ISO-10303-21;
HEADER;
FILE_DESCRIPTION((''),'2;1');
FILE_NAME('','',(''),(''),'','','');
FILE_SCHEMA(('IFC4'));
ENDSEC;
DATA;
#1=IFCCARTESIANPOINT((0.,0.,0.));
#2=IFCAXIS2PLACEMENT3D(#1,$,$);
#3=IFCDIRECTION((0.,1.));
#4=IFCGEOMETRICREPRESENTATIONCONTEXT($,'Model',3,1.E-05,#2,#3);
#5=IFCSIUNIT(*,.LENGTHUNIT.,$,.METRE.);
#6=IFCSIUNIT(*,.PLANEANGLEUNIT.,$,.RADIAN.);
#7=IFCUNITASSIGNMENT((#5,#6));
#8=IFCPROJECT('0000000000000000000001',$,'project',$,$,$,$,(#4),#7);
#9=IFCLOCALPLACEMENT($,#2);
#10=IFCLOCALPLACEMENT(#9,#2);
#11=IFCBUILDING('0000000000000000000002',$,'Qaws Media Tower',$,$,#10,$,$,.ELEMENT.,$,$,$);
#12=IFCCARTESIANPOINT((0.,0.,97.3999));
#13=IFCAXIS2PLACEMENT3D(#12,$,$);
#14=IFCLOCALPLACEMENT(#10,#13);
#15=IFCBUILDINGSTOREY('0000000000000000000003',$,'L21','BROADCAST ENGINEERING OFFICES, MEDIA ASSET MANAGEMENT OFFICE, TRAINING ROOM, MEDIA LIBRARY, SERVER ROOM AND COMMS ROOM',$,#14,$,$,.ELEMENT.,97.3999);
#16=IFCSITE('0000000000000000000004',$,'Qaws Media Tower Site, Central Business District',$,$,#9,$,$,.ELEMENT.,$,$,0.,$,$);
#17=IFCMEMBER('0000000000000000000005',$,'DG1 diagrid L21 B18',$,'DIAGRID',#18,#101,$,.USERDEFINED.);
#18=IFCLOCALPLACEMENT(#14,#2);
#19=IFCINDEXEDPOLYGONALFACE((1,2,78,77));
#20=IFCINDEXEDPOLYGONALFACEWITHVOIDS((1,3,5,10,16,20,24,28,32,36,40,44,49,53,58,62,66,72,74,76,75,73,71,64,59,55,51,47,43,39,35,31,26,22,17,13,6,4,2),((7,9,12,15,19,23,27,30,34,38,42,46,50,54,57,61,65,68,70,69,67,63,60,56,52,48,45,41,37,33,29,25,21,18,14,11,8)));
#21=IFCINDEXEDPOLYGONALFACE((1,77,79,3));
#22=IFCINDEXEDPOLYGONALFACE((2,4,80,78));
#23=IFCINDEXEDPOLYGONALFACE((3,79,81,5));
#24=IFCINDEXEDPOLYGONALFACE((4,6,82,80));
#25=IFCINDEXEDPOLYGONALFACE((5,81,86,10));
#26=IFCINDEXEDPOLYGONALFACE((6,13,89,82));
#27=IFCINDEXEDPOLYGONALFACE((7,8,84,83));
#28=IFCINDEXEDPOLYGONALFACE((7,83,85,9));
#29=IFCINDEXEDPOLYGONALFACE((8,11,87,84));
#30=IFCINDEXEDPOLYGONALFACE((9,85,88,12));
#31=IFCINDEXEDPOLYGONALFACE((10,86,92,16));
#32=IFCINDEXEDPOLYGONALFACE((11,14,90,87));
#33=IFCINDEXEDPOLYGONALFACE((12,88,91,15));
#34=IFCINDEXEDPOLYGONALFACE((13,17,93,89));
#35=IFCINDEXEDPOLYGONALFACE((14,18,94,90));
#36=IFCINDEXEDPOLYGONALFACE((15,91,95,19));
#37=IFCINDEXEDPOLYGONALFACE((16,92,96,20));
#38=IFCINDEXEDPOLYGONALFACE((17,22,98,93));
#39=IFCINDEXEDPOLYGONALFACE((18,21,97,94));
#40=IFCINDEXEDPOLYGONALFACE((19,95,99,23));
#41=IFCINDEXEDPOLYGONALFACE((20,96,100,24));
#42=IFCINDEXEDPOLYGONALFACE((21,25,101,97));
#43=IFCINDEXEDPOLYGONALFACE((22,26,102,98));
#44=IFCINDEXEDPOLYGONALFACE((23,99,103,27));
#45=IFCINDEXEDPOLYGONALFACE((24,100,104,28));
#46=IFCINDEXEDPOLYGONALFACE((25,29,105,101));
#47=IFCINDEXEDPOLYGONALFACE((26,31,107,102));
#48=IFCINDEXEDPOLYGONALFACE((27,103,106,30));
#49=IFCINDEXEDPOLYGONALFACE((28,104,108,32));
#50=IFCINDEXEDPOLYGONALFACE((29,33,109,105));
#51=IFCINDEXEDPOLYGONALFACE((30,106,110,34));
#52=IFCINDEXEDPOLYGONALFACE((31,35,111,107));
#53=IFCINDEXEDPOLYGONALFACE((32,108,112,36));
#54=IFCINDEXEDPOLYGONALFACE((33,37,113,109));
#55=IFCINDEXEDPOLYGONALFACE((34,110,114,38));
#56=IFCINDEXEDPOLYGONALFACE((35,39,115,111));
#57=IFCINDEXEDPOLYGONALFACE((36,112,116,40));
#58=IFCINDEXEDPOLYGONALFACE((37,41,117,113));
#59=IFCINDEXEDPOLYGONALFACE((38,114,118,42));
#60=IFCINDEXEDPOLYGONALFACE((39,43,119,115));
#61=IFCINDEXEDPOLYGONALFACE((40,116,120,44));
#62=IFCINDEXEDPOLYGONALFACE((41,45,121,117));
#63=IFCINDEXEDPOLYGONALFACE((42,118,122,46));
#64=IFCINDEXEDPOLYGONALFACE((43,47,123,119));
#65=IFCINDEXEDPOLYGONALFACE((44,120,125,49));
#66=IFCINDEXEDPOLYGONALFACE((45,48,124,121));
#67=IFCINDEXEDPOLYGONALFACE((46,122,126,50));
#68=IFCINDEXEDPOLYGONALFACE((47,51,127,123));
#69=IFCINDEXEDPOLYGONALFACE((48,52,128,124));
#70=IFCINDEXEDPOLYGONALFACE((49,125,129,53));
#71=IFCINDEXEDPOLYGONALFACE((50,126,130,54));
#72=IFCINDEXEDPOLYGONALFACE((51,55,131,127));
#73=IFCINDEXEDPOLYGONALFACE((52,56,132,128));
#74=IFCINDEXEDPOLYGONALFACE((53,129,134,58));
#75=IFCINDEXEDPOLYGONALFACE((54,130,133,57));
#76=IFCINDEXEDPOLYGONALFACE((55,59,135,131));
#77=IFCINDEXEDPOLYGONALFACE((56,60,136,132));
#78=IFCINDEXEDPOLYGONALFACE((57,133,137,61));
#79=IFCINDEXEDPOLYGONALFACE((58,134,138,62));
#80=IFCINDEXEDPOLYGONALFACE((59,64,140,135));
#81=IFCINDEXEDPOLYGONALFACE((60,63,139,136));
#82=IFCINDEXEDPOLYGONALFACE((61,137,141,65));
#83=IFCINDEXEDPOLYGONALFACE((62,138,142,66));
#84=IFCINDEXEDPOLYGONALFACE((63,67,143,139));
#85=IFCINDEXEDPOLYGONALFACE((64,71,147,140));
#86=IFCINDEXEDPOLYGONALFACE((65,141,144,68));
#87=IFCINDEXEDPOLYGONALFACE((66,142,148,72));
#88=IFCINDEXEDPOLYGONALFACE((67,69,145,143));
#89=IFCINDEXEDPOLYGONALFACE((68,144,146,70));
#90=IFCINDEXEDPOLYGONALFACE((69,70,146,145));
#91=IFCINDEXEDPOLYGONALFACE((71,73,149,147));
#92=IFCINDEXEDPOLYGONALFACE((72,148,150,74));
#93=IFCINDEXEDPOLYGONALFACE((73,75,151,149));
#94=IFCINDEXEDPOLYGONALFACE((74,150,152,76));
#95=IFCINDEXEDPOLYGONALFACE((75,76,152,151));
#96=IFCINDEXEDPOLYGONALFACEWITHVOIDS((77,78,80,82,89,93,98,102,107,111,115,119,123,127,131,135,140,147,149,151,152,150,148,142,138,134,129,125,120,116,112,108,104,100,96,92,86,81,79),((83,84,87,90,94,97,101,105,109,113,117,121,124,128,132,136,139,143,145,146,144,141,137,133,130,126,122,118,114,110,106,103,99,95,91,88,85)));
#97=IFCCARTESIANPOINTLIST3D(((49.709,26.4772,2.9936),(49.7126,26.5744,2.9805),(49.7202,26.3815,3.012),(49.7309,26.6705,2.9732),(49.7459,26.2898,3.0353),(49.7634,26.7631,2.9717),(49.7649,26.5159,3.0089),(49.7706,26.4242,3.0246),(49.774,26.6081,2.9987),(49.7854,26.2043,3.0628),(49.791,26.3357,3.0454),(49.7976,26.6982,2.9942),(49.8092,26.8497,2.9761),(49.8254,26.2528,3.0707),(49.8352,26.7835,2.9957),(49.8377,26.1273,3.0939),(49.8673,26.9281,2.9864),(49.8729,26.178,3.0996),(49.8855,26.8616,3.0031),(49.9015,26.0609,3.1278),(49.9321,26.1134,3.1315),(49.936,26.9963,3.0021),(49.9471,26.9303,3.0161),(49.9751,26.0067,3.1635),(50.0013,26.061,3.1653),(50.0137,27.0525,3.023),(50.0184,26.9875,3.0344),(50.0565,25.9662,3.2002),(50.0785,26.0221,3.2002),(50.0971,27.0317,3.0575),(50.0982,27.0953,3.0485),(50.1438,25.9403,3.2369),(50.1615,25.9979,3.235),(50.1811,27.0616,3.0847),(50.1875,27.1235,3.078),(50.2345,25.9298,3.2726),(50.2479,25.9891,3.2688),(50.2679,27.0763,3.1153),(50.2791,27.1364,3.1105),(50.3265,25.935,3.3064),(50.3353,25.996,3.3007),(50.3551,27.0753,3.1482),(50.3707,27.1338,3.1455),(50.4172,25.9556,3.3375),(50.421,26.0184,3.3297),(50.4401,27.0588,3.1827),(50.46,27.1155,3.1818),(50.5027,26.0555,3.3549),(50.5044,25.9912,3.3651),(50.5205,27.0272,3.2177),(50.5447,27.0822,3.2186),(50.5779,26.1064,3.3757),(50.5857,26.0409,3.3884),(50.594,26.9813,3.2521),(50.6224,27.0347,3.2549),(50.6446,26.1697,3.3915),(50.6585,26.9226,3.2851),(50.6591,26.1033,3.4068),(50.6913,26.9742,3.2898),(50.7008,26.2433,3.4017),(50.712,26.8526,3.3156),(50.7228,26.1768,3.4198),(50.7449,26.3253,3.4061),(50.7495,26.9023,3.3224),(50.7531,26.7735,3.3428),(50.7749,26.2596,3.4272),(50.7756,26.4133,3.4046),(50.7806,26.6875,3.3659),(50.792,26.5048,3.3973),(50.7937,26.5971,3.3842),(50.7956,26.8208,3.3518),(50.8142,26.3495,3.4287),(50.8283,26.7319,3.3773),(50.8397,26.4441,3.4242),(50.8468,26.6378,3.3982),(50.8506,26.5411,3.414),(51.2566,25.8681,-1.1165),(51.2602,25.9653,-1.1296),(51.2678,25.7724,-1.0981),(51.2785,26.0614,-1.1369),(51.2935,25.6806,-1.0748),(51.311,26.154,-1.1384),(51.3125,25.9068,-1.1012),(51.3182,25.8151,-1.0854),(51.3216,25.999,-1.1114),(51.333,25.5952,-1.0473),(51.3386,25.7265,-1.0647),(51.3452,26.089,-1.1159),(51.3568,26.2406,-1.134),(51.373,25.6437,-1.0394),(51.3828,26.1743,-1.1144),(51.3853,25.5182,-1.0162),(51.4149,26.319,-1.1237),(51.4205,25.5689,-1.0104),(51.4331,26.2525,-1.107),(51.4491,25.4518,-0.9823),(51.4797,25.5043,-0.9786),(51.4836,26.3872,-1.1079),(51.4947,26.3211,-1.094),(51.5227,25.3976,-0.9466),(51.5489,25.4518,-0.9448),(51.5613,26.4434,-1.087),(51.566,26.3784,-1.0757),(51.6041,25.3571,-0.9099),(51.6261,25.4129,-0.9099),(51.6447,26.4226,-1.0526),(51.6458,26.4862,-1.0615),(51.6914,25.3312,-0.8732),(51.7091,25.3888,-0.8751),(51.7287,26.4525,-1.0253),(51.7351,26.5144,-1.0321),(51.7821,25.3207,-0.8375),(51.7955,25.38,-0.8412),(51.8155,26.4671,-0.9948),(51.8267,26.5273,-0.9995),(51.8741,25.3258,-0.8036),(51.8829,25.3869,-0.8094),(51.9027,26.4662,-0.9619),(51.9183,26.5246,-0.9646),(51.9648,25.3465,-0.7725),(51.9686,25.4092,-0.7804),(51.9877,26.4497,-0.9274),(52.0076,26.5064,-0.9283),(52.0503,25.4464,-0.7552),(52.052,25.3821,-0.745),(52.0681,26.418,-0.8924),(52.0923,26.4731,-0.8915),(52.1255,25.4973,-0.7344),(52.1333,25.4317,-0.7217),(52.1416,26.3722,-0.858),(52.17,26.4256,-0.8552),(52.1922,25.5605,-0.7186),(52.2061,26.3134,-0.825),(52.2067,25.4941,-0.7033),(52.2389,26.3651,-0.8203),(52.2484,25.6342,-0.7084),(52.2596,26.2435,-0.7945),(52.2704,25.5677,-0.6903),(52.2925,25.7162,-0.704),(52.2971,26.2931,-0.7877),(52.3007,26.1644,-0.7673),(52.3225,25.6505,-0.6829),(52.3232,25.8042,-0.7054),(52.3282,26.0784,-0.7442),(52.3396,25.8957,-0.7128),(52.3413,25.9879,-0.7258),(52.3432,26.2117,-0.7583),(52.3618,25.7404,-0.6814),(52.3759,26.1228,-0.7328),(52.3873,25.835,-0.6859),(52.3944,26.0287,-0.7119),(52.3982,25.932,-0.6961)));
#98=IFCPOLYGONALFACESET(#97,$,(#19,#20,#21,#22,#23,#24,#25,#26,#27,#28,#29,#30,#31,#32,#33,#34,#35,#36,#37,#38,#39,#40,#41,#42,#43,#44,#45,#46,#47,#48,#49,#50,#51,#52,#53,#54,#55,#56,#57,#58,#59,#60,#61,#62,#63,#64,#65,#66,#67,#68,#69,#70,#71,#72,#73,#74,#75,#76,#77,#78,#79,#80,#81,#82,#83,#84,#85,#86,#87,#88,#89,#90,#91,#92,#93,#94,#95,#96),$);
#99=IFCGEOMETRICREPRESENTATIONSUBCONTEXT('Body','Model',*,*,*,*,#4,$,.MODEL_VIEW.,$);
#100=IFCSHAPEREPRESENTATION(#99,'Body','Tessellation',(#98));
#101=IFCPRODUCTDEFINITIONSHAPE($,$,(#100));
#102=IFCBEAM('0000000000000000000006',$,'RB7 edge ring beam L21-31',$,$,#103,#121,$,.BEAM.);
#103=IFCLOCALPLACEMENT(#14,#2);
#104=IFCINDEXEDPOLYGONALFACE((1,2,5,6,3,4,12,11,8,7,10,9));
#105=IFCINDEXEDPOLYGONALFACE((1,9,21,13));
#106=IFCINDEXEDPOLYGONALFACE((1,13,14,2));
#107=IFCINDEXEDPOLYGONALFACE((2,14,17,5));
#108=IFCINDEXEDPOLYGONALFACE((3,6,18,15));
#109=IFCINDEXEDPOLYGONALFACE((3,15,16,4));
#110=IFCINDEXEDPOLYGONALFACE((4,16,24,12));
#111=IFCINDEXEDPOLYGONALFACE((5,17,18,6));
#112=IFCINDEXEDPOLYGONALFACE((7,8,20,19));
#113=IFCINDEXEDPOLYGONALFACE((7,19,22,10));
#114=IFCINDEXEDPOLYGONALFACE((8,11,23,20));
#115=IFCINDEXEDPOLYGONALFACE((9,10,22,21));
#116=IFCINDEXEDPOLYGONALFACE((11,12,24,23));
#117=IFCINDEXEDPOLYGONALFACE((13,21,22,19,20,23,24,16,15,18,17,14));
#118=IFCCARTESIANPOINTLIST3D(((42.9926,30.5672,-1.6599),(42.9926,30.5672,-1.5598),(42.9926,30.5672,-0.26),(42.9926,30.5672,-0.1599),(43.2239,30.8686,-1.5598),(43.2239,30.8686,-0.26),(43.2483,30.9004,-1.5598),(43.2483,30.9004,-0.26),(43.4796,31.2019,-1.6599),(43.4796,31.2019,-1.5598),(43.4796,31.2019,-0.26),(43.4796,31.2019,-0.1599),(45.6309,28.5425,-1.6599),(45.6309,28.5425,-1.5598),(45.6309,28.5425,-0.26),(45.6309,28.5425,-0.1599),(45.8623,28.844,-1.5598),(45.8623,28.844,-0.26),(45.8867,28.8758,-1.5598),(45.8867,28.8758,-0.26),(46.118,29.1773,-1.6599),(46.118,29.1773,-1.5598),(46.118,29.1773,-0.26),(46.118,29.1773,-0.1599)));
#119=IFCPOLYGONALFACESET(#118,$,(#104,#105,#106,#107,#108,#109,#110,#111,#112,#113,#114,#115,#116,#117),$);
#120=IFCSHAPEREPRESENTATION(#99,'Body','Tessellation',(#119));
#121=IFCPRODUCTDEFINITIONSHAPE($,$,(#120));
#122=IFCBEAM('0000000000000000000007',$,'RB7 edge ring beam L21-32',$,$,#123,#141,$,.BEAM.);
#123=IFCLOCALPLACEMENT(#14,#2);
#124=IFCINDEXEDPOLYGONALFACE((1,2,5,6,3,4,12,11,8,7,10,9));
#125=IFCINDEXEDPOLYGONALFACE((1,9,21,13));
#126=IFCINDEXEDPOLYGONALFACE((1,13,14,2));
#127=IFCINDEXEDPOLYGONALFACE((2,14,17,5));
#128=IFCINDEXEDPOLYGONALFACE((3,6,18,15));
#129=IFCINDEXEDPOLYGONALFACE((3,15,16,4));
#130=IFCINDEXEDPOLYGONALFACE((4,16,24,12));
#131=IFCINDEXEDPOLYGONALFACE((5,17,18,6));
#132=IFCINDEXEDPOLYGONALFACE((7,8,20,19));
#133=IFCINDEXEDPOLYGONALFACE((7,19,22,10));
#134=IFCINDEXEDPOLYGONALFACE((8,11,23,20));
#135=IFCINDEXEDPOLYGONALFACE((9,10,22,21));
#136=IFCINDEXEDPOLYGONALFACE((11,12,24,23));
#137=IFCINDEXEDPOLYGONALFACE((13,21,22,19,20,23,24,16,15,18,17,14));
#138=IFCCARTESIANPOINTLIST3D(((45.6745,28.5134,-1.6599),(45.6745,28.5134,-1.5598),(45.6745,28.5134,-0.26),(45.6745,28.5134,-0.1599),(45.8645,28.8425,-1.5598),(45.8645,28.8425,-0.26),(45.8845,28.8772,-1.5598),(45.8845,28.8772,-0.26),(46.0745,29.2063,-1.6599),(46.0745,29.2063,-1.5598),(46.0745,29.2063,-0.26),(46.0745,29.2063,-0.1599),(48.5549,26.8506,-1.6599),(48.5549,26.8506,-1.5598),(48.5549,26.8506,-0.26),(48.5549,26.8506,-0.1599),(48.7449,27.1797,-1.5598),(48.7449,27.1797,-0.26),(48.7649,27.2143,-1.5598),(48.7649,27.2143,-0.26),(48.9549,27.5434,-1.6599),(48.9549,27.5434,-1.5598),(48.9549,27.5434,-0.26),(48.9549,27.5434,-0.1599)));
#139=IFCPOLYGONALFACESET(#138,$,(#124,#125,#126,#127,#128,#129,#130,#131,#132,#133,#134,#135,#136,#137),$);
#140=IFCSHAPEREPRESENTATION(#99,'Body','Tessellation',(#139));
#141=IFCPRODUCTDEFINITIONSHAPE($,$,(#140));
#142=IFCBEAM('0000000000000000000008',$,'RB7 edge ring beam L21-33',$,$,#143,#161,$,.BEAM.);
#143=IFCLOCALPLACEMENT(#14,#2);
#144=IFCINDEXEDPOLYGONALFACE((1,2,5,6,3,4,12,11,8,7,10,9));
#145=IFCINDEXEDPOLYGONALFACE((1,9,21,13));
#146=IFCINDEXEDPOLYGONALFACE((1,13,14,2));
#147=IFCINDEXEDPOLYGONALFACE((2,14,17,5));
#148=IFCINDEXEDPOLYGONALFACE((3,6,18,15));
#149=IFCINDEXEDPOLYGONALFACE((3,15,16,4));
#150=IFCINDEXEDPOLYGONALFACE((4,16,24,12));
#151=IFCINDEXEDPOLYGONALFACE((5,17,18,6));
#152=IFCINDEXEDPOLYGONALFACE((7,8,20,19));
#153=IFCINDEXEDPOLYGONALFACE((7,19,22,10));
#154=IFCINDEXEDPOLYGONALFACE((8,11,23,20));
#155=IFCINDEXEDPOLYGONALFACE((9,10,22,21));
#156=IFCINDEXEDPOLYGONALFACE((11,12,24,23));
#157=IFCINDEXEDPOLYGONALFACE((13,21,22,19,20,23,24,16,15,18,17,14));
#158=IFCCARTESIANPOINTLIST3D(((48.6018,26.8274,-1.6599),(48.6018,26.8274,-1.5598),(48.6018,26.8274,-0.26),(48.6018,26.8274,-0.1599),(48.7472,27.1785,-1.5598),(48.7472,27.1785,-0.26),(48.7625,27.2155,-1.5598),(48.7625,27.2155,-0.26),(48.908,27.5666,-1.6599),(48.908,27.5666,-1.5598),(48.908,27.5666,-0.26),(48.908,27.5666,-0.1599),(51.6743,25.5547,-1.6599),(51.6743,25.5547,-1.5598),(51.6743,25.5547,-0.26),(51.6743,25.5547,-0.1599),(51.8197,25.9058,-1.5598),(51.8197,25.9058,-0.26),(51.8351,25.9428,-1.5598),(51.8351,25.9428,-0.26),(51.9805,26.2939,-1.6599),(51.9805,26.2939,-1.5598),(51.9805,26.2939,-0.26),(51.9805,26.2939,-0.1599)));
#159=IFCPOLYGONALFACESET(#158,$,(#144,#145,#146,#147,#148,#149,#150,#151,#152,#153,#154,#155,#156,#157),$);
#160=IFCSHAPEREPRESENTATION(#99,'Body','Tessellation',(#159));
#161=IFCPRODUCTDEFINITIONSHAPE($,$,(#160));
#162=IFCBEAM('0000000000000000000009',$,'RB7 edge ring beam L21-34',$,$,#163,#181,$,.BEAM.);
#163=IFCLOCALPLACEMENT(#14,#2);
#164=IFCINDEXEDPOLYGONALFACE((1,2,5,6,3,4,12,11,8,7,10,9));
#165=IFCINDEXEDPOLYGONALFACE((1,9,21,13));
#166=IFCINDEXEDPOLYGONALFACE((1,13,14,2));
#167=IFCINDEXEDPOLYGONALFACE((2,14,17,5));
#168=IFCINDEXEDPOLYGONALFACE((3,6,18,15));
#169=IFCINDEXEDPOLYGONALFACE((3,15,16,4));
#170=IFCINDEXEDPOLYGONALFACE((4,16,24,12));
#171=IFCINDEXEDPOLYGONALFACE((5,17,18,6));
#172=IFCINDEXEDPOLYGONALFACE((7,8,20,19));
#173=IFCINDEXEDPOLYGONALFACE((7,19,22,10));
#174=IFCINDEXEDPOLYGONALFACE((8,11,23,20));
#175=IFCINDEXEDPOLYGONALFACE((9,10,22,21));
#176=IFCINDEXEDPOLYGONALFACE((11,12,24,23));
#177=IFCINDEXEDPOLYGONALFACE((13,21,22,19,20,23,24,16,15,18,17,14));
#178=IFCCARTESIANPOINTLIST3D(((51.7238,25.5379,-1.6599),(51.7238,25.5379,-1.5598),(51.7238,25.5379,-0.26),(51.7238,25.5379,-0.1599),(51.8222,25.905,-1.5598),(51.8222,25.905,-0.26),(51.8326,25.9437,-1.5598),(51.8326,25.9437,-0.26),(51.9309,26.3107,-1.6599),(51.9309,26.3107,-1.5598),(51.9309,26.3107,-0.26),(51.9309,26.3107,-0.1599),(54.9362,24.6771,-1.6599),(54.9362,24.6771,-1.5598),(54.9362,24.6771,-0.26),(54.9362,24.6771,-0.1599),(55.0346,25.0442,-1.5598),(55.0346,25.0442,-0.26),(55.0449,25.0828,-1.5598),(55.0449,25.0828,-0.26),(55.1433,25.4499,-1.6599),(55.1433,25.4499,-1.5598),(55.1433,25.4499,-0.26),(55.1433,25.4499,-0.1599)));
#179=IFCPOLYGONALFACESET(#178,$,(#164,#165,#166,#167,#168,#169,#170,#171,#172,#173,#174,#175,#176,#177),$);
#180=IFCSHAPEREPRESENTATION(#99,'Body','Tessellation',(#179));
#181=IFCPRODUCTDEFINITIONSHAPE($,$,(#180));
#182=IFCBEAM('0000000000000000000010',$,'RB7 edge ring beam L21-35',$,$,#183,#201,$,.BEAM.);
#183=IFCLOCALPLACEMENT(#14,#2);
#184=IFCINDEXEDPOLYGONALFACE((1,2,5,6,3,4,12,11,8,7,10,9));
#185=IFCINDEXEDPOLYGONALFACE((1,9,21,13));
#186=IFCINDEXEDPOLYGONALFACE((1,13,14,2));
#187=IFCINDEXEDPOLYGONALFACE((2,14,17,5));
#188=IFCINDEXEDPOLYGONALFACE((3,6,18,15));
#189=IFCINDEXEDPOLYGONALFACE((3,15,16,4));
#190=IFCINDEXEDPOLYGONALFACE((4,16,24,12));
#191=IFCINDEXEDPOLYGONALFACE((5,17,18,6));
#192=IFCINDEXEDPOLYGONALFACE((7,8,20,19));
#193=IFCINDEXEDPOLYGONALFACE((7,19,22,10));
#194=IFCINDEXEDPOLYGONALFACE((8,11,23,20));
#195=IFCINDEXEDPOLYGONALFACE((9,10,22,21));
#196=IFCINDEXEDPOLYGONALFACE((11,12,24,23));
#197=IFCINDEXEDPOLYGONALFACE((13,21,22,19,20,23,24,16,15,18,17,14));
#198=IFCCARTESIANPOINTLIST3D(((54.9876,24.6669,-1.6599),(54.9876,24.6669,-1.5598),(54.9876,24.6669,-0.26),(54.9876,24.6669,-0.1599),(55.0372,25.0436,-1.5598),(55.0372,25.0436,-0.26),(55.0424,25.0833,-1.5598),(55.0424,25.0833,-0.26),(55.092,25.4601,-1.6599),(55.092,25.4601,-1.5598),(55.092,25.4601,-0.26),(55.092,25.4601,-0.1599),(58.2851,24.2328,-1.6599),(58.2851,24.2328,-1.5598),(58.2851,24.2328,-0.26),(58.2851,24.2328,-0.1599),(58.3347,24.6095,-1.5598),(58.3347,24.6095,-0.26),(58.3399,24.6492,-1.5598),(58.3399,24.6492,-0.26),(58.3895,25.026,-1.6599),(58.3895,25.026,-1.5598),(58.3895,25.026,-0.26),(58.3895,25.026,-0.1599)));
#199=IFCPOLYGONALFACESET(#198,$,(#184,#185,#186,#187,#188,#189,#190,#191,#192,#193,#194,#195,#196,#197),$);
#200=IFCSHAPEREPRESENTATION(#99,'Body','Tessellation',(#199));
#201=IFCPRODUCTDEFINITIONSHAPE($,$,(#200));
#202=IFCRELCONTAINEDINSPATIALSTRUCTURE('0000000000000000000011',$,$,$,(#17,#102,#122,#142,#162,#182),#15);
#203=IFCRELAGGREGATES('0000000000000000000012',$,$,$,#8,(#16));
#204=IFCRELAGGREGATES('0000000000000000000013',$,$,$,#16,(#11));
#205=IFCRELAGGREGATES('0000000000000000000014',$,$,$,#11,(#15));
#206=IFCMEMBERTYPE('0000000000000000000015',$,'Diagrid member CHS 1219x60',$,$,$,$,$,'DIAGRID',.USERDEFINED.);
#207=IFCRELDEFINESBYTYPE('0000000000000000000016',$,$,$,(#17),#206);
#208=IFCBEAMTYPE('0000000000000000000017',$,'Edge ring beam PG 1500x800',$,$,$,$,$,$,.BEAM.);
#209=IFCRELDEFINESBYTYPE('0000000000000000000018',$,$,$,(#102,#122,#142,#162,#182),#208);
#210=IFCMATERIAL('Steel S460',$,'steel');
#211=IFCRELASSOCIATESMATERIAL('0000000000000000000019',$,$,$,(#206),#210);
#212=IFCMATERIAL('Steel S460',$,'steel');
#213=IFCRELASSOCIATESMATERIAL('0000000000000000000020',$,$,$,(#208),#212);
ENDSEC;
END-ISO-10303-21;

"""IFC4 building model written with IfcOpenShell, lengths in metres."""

from ifc_helpers import new_model, si_unit, direction, frame, origin, origin_2d, place, context, subcontext, project, spatial, hollow_circle, i_section, extrude, material, material_profile, profile_set, type_object, element, save


model = new_model("IFC4")

# Units and contexts
model_context = context("Model", 3, precision=1e-05, world=origin(), true_north=direction((0.0, 1.0)))
body_context = subcontext(model_context, "Body", "Model", "MODEL_VIEW")
ifc_project = project(units=[si_unit("LENGTHUNIT", "METRE"), si_unit("PLANEANGLEUNIT", "RADIAN")], contexts=[model_context])

# Site, building, storey
site_placement = place(None, origin())
site = spatial("IfcSite", under=ifc_project, at=site_placement, Name="Qaws Media Tower Site, Central Business District", CompositionType="ELEMENT", RefElevation=0.0)
building_placement = place(site_placement, origin())
building = spatial("IfcBuilding", under=site, at=building_placement, Name="Qaws Media Tower", CompositionType="ELEMENT")
storey_placement = place(building_placement, frame((0.0, 0.0, 97.3999)))
storey = spatial("IfcBuildingStorey", under=building, at=storey_placement, Name="L21", Description="BROADCAST ENGINEERING OFFICES, MEDIA ASSET MANAGEMENT OFFICE, TRAINING ROOM, MEDIA LIBRARY, SERVER ROOM AND COMMS ROOM", CompositionType="ELEMENT", Elevation=97.3999)

# Member
ifc_material_1 = material(Name="Steel S460", Category="steel")
ifc_material_profile_1 = material_profile(ifc_material_1, hollow_circle(Radius=0.6096, WallThickness=0.0601, at=origin_2d()), Name="CHS 1219x60")
ifc_profile_set_1 = profile_set([ifc_material_profile_1], Name="Steel S460")
member_type_1 = type_object("IfcMemberType", Name="Diagrid member CHS 1219x60", ElementType="DIAGRID", PredefinedType="USERDEFINED", material=ifc_profile_set_1)
for number, where, z_axis, x_axis, name in (
    (1, (51.8274, 25.9243, -0.9099), (-0.349043, 0.137382, 0.926982), (-0.366247, -0.930518, 0.0), "DG1 diagrid L21 B18"),
):
    element("IfcMember", number, at=place(storey_placement, frame(where, z_axis=z_axis, x_axis=x_axis)), inside=storey, type_object=member_type_1, Name=name, ObjectType="DIAGRID", PredefinedType="USERDEFINED", context=body_context, shape_type="SweptSolid", body=[
        extrude(hollow_circle(Radius=0.6096, WallThickness=0.0601, at=origin_2d()), origin(), (0.0, 0.0, 1.0), 4.4338),
    ])

# Beams
ifc_material_2 = material(Name="Steel S460", Category="steel")
ifc_material_profile_2 = material_profile(ifc_material_2, i_section(OverallWidth=0.8, OverallDepth=1.5, WebThickness=0.04, FlangeThickness=0.1001, at=origin_2d()), Name="PG 1500x800")
ifc_profile_set_2 = profile_set([ifc_material_profile_2], Name="Steel S460")
beam_type = type_object("IfcBeamType", Name="Edge ring beam PG 1500x800", PredefinedType="BEAM", material=ifc_profile_set_2)
beam_1_placement = place(storey_placement, frame((43.2361, 30.8845, -0.9099), z_axis=(0.793336, -0.608784, 0.0), x_axis=(0.608784, 0.793336, 0.0)))
element("IfcBeam", 2, at=beam_1_placement, inside=storey, type_object=beam_type, Name="RB7 edge ring beam L21-31", PredefinedType="BEAM", context=body_context, shape_type="SweptSolid", body=[
    extrude(i_section(OverallWidth=0.8, OverallDepth=1.5, WebThickness=0.04, FlangeThickness=0.1001, at=origin_2d()), origin(), (0.0, 0.0, 1.0), 3.3257),
])
beam_2_placement = place(storey_placement, frame((45.8745, 28.8599, -0.9099), z_axis=(0.866044, -0.499968, 0.0), x_axis=(0.499968, 0.866044, 0.0)))
element("IfcBeam", 3, at=beam_2_placement, inside=storey, type_object=beam_type, Name="RB7 edge ring beam L21-32", PredefinedType="BEAM", context=body_context, shape_type="SweptSolid", body=[
    extrude(i_section(OverallWidth=0.8, OverallDepth=1.5, WebThickness=0.04, FlangeThickness=0.1001, at=origin_2d()), origin(), (0.0, 0.0, 1.0), 3.3259),
])
for number, where, z_axis, x_axis, name in (
    (4, (48.7549, 27.197, -0.9099), (0.923876, -0.382691, 0.0), (0.382691, 0.923876, 0.0), "RB7 edge ring beam L21-33"),
    (5, (51.8274, 25.9243, -0.9099), (0.96592, -0.258841, 0.0), (0.258841, 0.96592, 0.0), "RB7 edge ring beam L21-34"),
):
    element("IfcBeam", number, at=place(storey_placement, frame(where, z_axis=z_axis, x_axis=x_axis)), inside=storey, type_object=beam_type, Name=name, PredefinedType="BEAM", context=body_context, shape_type="SweptSolid", body=[
        extrude(i_section(OverallWidth=0.8, OverallDepth=1.5, WebThickness=0.04, FlangeThickness=0.1001, at=origin_2d()), origin(), (0.0, 0.0, 1.0), 3.3257),
    ])
beam_3_placement = place(storey_placement, frame((55.0398, 25.0635, -0.9099), z_axis=(0.991446, -0.130519, 0.0), x_axis=(0.130519, 0.991446, 0.0)))
element("IfcBeam", 6, at=beam_3_placement, inside=storey, type_object=beam_type, Name="RB7 edge ring beam L21-35", PredefinedType="BEAM", context=body_context, shape_type="SweptSolid", body=[
    extrude(i_section(OverallWidth=0.8, OverallDepth=1.5, WebThickness=0.04, FlangeThickness=0.1001, at=origin_2d()), origin(), (0.0, 0.0, 1.0), 3.3259),
])

save(model, "model.ifc")
